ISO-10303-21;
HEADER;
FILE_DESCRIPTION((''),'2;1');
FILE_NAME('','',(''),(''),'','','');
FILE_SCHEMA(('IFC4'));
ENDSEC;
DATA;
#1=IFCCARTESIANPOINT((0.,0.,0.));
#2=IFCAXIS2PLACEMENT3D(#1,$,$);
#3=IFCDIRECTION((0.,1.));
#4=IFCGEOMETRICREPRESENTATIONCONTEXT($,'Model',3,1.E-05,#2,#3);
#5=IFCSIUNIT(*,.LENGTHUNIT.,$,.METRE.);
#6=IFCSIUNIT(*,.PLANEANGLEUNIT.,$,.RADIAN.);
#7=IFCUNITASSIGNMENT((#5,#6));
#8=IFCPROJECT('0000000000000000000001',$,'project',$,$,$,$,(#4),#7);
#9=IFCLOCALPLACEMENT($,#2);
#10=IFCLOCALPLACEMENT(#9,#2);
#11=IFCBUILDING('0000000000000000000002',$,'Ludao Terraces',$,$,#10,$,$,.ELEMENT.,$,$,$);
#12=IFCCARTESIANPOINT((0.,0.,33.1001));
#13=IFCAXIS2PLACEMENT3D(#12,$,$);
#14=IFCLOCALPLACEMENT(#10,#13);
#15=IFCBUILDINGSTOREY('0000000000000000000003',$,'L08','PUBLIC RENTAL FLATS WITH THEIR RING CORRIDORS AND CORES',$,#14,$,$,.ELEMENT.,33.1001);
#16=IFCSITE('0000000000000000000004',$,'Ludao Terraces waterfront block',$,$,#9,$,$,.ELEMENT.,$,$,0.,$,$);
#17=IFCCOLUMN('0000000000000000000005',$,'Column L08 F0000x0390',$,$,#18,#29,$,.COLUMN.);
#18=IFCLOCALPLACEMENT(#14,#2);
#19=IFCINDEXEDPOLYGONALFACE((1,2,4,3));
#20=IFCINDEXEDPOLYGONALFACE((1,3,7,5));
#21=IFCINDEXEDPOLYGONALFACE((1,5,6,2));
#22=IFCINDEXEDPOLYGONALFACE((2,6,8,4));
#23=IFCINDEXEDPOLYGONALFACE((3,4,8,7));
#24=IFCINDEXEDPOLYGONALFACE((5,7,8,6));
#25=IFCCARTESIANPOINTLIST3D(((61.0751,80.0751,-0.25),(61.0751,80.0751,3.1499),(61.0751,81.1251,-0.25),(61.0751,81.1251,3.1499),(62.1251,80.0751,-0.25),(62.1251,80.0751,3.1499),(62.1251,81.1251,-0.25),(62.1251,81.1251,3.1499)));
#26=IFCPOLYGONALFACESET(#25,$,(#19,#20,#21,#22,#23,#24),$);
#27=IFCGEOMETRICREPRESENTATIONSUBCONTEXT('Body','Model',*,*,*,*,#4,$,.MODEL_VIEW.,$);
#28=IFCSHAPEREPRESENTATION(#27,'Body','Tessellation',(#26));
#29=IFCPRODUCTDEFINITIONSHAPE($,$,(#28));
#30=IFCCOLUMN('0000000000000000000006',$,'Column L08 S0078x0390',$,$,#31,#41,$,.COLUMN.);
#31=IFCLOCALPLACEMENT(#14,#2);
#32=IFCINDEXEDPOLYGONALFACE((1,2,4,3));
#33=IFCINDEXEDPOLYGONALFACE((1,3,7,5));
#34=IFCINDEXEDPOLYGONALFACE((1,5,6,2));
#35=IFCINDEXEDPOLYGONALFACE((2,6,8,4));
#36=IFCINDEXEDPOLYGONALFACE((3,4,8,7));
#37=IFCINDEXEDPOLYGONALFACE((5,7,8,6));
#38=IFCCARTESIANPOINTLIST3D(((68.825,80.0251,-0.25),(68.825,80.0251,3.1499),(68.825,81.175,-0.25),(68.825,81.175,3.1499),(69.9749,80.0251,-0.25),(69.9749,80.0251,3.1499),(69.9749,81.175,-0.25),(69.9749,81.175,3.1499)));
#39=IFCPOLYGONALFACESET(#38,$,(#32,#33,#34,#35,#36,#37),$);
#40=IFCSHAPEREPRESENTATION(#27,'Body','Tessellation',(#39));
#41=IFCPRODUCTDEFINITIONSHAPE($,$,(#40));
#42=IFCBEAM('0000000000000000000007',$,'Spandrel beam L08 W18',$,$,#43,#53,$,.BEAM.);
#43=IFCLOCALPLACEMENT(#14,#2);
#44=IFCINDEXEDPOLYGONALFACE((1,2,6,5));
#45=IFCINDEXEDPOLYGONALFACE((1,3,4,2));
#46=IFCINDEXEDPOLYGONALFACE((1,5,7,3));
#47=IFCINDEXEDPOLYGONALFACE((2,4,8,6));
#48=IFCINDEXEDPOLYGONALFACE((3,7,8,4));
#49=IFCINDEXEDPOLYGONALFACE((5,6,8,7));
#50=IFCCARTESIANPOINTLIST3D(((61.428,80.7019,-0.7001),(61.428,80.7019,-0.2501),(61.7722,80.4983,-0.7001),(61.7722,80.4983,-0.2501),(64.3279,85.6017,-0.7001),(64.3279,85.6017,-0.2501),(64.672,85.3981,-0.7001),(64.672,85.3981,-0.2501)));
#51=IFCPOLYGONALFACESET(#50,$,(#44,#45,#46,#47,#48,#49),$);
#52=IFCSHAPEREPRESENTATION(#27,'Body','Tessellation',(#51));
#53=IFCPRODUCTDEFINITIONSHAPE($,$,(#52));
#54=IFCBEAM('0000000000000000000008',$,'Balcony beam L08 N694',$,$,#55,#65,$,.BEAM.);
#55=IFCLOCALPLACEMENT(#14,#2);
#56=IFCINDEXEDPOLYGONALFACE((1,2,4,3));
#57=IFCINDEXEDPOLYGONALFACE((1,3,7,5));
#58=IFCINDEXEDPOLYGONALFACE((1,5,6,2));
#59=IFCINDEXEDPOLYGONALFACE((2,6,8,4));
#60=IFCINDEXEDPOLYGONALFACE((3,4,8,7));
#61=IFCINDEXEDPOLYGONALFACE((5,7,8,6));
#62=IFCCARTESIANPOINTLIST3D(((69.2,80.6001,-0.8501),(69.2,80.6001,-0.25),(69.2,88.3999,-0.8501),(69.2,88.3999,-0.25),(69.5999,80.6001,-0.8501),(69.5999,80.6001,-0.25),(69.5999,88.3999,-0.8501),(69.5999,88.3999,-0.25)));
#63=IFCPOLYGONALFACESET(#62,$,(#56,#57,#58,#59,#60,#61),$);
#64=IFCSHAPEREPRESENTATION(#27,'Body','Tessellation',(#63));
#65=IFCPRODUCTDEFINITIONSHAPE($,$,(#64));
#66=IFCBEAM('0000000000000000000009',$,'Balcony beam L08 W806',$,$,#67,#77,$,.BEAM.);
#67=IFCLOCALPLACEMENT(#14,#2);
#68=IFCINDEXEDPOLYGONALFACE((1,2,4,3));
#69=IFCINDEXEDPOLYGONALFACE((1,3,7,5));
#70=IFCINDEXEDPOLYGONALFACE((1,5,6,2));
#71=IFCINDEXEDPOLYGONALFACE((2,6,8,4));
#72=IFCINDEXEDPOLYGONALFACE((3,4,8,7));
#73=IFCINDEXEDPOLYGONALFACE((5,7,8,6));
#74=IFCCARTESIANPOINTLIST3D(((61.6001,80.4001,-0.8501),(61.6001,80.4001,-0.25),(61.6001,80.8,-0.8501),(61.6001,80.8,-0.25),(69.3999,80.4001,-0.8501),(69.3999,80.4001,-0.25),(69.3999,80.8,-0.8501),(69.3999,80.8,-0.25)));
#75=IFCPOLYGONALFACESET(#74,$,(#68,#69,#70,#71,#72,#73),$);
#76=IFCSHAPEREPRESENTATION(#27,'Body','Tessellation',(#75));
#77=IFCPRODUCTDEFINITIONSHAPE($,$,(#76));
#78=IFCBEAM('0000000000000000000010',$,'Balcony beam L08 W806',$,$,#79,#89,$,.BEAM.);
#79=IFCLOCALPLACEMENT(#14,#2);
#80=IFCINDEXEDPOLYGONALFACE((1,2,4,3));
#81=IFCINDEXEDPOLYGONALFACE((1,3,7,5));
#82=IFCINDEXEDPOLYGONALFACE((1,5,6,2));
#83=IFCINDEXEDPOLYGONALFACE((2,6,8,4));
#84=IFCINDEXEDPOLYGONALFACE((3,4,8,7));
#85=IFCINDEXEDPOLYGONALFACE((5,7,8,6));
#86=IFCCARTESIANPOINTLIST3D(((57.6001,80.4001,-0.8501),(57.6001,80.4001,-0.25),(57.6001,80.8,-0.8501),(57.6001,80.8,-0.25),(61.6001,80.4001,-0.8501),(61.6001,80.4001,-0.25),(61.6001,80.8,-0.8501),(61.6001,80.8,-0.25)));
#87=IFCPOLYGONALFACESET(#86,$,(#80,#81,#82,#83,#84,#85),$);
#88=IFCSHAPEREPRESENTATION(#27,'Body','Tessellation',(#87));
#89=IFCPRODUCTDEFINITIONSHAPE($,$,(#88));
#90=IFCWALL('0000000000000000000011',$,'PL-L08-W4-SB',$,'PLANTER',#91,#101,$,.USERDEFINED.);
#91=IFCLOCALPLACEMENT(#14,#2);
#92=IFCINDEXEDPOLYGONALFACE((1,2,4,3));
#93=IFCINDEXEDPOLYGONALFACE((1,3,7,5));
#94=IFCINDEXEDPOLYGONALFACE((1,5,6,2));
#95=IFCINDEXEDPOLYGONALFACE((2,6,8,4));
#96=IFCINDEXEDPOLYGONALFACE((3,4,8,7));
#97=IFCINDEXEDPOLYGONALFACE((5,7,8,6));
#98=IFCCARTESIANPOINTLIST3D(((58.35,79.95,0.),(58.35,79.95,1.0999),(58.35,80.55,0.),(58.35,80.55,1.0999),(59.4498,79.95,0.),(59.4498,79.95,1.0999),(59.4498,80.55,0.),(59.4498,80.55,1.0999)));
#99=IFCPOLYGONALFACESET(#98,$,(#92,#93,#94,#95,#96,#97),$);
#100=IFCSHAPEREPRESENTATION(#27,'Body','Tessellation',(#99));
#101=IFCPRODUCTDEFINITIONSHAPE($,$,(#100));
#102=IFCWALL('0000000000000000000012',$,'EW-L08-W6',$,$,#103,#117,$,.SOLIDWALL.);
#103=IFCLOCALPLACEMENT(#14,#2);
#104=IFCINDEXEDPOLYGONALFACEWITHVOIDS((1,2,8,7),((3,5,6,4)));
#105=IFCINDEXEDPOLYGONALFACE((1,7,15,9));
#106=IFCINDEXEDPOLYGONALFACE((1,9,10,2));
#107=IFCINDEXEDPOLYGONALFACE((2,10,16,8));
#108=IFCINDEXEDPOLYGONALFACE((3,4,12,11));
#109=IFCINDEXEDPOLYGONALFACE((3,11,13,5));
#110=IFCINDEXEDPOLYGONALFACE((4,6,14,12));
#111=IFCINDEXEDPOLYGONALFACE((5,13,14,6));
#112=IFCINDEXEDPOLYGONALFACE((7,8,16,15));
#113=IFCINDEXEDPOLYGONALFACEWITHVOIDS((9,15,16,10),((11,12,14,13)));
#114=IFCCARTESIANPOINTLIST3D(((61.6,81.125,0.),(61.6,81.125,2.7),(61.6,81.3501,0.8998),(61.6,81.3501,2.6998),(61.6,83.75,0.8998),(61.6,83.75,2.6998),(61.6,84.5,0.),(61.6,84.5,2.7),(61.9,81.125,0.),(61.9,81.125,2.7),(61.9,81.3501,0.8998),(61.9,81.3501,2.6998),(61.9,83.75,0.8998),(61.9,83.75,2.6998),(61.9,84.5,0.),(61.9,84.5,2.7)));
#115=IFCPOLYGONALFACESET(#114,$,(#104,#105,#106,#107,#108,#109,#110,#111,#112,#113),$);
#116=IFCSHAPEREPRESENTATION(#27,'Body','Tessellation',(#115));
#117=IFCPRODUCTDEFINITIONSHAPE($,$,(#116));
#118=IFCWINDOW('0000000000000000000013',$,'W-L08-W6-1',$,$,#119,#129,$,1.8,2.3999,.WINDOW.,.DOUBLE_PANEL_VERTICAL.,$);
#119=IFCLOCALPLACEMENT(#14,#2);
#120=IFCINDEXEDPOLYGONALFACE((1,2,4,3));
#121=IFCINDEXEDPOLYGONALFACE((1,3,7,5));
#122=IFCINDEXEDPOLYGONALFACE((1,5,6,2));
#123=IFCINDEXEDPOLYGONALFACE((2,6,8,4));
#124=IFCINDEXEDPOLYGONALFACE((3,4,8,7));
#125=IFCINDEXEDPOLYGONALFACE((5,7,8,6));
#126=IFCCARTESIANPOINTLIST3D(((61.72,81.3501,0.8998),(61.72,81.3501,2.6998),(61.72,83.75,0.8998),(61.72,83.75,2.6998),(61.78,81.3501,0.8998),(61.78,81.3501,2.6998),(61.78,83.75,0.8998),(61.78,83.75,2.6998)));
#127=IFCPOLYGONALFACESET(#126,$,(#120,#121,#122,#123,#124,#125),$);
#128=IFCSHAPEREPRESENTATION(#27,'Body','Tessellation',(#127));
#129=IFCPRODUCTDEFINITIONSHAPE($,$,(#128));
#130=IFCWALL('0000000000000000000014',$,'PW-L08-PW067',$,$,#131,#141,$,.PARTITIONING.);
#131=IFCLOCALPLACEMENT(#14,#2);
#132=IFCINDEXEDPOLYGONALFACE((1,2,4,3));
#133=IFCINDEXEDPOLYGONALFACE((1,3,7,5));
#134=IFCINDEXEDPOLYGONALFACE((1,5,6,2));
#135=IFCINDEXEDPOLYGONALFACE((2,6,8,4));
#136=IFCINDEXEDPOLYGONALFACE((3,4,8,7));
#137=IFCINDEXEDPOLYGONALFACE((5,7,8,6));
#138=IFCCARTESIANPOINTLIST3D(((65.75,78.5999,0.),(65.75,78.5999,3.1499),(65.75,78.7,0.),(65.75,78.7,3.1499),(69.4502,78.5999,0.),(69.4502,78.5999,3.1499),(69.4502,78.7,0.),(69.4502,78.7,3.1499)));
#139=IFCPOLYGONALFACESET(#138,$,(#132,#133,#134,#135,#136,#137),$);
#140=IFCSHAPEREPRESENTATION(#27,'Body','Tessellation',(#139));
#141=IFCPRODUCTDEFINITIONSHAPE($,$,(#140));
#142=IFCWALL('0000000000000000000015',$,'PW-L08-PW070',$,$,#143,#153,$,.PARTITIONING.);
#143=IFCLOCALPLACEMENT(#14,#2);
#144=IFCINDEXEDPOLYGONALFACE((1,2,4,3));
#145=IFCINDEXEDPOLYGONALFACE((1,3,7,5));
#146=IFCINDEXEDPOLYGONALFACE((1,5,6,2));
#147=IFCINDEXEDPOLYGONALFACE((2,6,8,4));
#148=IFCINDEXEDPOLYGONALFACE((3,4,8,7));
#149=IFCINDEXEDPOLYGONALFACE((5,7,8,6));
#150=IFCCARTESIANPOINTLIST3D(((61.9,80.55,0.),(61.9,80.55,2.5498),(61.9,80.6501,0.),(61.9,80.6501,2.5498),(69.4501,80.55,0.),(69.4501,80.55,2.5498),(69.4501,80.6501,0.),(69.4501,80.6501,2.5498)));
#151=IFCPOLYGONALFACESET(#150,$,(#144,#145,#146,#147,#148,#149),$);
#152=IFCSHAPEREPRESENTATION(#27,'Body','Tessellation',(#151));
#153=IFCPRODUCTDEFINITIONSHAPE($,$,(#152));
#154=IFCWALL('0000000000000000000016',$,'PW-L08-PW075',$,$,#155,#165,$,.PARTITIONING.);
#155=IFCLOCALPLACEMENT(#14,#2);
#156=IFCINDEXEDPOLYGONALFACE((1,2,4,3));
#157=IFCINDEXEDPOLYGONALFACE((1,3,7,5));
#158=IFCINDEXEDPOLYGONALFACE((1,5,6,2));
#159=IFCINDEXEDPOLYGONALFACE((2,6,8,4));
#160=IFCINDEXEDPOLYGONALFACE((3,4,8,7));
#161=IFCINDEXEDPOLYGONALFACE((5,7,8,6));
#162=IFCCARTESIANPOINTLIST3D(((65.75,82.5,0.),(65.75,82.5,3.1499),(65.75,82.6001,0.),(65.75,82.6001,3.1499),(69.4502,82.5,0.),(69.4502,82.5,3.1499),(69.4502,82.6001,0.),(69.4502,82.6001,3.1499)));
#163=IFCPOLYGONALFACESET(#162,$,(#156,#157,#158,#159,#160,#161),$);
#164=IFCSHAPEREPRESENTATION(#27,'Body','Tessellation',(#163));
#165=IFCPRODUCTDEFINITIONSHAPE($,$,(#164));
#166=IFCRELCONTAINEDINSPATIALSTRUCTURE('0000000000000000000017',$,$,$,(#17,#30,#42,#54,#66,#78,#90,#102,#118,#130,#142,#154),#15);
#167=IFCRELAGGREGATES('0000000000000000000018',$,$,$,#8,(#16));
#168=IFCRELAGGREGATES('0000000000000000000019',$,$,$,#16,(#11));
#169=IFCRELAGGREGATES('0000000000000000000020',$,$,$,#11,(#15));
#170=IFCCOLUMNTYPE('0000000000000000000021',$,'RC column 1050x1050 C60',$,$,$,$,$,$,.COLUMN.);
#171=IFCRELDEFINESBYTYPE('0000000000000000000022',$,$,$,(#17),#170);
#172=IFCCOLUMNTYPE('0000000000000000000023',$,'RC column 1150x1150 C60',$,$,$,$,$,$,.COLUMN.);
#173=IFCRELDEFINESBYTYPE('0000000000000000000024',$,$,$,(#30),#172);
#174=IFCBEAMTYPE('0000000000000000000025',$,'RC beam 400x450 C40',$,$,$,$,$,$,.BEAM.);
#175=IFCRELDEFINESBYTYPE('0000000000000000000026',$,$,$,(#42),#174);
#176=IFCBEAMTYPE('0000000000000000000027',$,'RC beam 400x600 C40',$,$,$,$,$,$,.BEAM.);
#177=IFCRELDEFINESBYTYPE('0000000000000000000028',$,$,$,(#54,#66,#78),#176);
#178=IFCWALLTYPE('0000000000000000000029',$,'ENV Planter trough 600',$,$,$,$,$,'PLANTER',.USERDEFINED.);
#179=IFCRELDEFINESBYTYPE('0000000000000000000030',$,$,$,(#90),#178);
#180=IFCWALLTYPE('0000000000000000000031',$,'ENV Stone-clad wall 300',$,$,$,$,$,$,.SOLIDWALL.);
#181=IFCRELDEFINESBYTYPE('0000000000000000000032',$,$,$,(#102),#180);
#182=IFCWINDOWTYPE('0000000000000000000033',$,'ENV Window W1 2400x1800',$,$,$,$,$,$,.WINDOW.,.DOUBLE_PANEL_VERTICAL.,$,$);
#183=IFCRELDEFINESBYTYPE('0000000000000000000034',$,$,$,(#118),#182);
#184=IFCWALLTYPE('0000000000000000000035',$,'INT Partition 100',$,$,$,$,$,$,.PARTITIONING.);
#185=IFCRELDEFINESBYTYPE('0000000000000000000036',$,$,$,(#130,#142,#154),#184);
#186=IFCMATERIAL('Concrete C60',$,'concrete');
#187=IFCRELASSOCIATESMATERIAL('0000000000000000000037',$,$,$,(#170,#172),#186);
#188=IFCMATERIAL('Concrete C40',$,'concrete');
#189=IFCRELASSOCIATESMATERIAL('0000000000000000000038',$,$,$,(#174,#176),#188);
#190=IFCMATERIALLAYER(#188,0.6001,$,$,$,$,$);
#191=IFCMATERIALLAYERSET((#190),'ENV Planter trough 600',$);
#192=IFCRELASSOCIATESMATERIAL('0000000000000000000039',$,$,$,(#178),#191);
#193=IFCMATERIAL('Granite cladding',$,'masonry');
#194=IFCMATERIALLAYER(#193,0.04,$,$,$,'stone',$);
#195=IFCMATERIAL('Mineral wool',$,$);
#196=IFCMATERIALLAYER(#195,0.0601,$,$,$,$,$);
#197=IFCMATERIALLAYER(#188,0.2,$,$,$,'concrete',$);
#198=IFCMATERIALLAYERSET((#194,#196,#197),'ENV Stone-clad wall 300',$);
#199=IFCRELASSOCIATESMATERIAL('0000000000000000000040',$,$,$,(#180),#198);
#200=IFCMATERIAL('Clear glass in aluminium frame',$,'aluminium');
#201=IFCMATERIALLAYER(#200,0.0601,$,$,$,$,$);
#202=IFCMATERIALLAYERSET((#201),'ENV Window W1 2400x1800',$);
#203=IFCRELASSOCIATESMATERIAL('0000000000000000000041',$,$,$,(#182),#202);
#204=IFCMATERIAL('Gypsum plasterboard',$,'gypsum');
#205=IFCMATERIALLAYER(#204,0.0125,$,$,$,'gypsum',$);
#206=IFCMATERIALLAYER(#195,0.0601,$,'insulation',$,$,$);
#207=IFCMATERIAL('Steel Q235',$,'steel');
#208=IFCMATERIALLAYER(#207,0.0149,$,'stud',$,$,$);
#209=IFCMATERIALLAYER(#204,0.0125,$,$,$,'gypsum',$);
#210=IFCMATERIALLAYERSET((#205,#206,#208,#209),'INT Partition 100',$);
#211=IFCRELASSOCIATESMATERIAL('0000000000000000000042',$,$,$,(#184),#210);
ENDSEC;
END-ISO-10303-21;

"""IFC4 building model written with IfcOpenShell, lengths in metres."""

from ifc_helpers import new_model, si_unit, direction, frame, frame_2d, origin, origin_2d, place, context, subcontext, project, spatial, rectangle, extrude, material, layer, layer_set, material_profile, profile_set, type_object, element, fill, save


model = new_model("IFC4")

# Units and contexts
model_context = context("Model", 3, precision=1e-05, world=origin(), true_north=direction((0.0, 1.0)))
body_context = subcontext(model_context, "Body", "Model", "MODEL_VIEW")
ifc_project = project(units=[si_unit("LENGTHUNIT", "METRE"), si_unit("PLANEANGLEUNIT", "RADIAN")], contexts=[model_context])

# Site, building, storey
site_placement = place(None, origin())
site = spatial("IfcSite", under=ifc_project, at=site_placement, Name="Ludao Terraces waterfront block", CompositionType="ELEMENT", RefElevation=0.0)
building_placement = place(site_placement, origin())
building = spatial("IfcBuilding", under=site, at=building_placement, Name="Ludao Terraces", CompositionType="ELEMENT")
storey_placement = place(building_placement, frame((0.0, 0.0, 33.1001)))
storey = spatial("IfcBuildingStorey", under=building, at=storey_placement, Name="L08", Description="PUBLIC RENTAL FLATS WITH THEIR RING CORRIDORS AND CORES", CompositionType="ELEMENT", Elevation=33.1001)

# Columns
ifc_material_1 = material(Name="Concrete C60", Category="concrete")
ifc_material_profile_1 = material_profile(ifc_material_1, rectangle(XDim=1.05, YDim=1.05, at=origin_2d()), Name="1050 X 1050")
ifc_profile_set_1 = profile_set([ifc_material_profile_1], Name="Concrete C60")
column_type_1 = type_object("IfcColumnType", Name="RC column 1050x1050 C60", PredefinedType="COLUMN", material=ifc_profile_set_1)
column_1_placement = place(storey_placement, frame((61.6001, 80.6001, -0.25), z_axis=(0.0, 0.0, 1.0), x_axis=(1.0, 0.0, 0.0)))
element("IfcColumn", 1, at=column_1_placement, inside=storey, type_object=column_type_1, Name="Column L08 F0000x0390", PredefinedType="COLUMN", context=body_context, shape_type="SweptSolid", body=[
    extrude(rectangle(XDim=1.05, YDim=1.05, at=origin_2d()), origin(), (0.0, 0.0, 1.0), 3.3999),
])
ifc_material_profile_2 = material_profile(ifc_material_1, rectangle(XDim=1.1499, YDim=1.1499, at=origin_2d()), Name="1150 X 1150")
ifc_profile_set_2 = profile_set([ifc_material_profile_2], Name="Concrete C60")
column_type_2 = type_object("IfcColumnType", Name="RC column 1150x1150 C60", PredefinedType="COLUMN", material=ifc_profile_set_2)
column_2_placement = place(storey_placement, frame((69.3999, 80.6001, -0.25), z_axis=(0.0, 0.0, 1.0), x_axis=(1.0, 0.0, 0.0)))
element("IfcColumn", 2, at=column_2_placement, inside=storey, type_object=column_type_2, Name="Column L08 S0078x0390", PredefinedType="COLUMN", context=body_context, shape_type="SweptSolid", body=[
    extrude(rectangle(XDim=1.1499, YDim=1.1499, at=origin_2d()), origin(), (0.0, 0.0, 1.0), 3.3999),
])

# Beams
ifc_material_2 = material(Name="Concrete C40", Category="concrete")
ifc_material_profile_3 = material_profile(ifc_material_2, rectangle(XDim=0.3999, YDim=0.45, at=origin_2d()), Name="400 X 450")
ifc_profile_set_3 = profile_set([ifc_material_profile_3], Name="Concrete C40")
beam_type_1 = type_object("IfcBeamType", Name="RC beam 400x450 C40", PredefinedType="BEAM", material=ifc_profile_set_3)
beam_1_placement = place(storey_placement, frame((61.6001, 80.6001, -0.4751), z_axis=(0.509316, 0.86058, 0.0), x_axis=(-0.86058, 0.509316, 0.0)))
element("IfcBeam", 3, at=beam_1_placement, inside=storey, type_object=beam_type_1, Name="Spandrel beam L08 W18", PredefinedType="BEAM", context=body_context, shape_type="SweptSolid", body=[
    extrude(rectangle(XDim=0.3999, YDim=0.45, at=origin_2d()), origin(), (0.0, 0.0, 1.0), 5.6936),
])
ifc_material_profile_4 = material_profile(ifc_material_2, rectangle(XDim=0.3999, YDim=0.6001, at=origin_2d()), Name="400 X 600")
ifc_profile_set_4 = profile_set([ifc_material_profile_4], Name="Concrete C40")
beam_type_2 = type_object("IfcBeamType", Name="RC beam 400x600 C40", PredefinedType="BEAM", material=ifc_profile_set_4)
for number, where, z_axis, x_axis, name in (
    (4, (69.3999, 80.6001, -0.55), (0.0, 1.0, 0.0), (-1.0, 0.0, 0.0), "Balcony beam L08 N694"),
    (5, (69.3999, 80.6001, -0.55), (-1.0, 0.0, 0.0), (0.0, -1.0, 0.0), "Balcony beam L08 W806"),
):
    element("IfcBeam", number, at=place(storey_placement, frame(where, z_axis=z_axis, x_axis=x_axis)), inside=storey, type_object=beam_type_2, Name=name, PredefinedType="BEAM", context=body_context, shape_type="SweptSolid", body=[
        extrude(rectangle(XDim=0.3999, YDim=0.6001, at=origin_2d()), origin(), (0.0, 0.0, 1.0), 7.7998),
    ])
beam_2_placement = place(storey_placement, frame((61.6001, 80.6001, -0.55), z_axis=(-1.0, 0.0, 0.0), x_axis=(0.0, -1.0, 0.0)))
element("IfcBeam", 6, at=beam_2_placement, inside=storey, type_object=beam_type_2, Name="Balcony beam L08 W806", PredefinedType="BEAM", context=body_context, shape_type="SweptSolid", body=[
    extrude(rectangle(XDim=0.3999, YDim=0.6001, at=origin_2d()), origin(), (0.0, 0.0, 1.0), 4.0),
])

# Wall
ifc_layer_1 = layer(ifc_material_2, 0.6001)
ifc_layer_set_1 = layer_set([ifc_layer_1], Name="ENV Planter trough 600")
wall_type_1 = type_object("IfcWallType", Name="ENV Planter trough 600", ElementType="PLANTER", PredefinedType="USERDEFINED", material=ifc_layer_set_1)
wall_1_placement = place(storey_placement, frame((58.3501, 80.25, 0.0), z_axis=(0.0, 0.0, 1.0), x_axis=(1.0, 0.0, 0.0)))
element("IfcWall", 7, at=wall_1_placement, inside=storey, type_object=wall_type_1, Name="PL-L08-W4-SB", ObjectType="PLANTER", PredefinedType="USERDEFINED", context=body_context, shape_type="SweptSolid", body=[
    extrude(rectangle(XDim=1.0999, YDim=0.6001, at=frame_2d((0.5498, 0.0))), origin(), (0.0, 0.0, 1.0), 1.0999),
])

# Wall, opening, window
ifc_material_3 = material(Name="Granite cladding", Category="masonry")
ifc_layer_2 = layer(ifc_material_3, 0.04, Category="stone")
ifc_material_4 = material(Name="Mineral wool")
ifc_layer_3 = layer(ifc_material_4, 0.0601)
ifc_layer_4 = layer(ifc_material_2, 0.2, Category="concrete")
ifc_layer_set_2 = layer_set([ifc_layer_2, ifc_layer_3, ifc_layer_4], Name="ENV Stone-clad wall 300")
wall_type_2 = type_object("IfcWallType", Name="ENV Stone-clad wall 300", PredefinedType="SOLIDWALL", material=ifc_layer_set_2)
wall_2_placement = place(storey_placement, frame((61.75, 81.125, 0.0), z_axis=(0.0, 0.0, 1.0), x_axis=(0.0, 1.0, 0.0)))
wall_2 = element("IfcWall", 8, at=wall_2_placement, inside=storey, type_object=wall_type_2, Name="EW-L08-W6", PredefinedType="SOLIDWALL", context=body_context, shape_type="SweptSolid", body=[
    extrude(rectangle(XDim=3.375, YDim=0.3, at=frame_2d((1.6875, 0.0))), origin(), (0.0, 0.0, 1.0), 2.7),
])
opening_1_placement = place(wall_2_placement, frame((0.2251, 0.0, 0.8999)))
opening_1 = element("IfcOpeningElement", 9, at=opening_1_placement, cuts=wall_2, PredefinedType="OPENING", context=body_context, shape_type="SweptSolid", body=[
    extrude(rectangle(XDim=2.3999, YDim=1.8, at=frame_2d((1.2, 0.8999))), frame((0.0, 0.1602, 0.0), z_axis=(0.0, -1.0, 0.0), x_axis=(1.0, 0.0, 0.0)), (0.0, 0.0, 1.0), 0.3201),
])
ifc_material_5 = material(Name="Clear glass in aluminium frame", Category="aluminium")
ifc_layer_5 = layer(ifc_material_5, 0.0601)
ifc_layer_set_3 = layer_set([ifc_layer_5], Name="ENV Window W1 2400x1800")
window_type = type_object("IfcWindowType", Name="ENV Window W1 2400x1800", PartitioningType="DOUBLE_PANEL_VERTICAL", PredefinedType="WINDOW", material=ifc_layer_set_3)
window_placement = place(opening_1_placement, origin())
window = element("IfcWindow", 10, at=window_placement, inside=storey, type_object=window_type, Name="W-L08-W6-1", OverallHeight=1.8, OverallWidth=2.3999, PartitioningType="DOUBLE_PANEL_VERTICAL", PredefinedType="WINDOW", context=body_context, shape_type="SweptSolid", body=[
    extrude(rectangle(XDim=2.3999, YDim=1.8, at=frame_2d((1.2, 0.8999))), frame((0.0, 0.03, 0.0), z_axis=(0.0, -1.0, 0.0), x_axis=(1.0, 0.0, 0.0)), (0.0, 0.0, 1.0), 0.0601),
])
fill(opening_1, window)

# Walls
ifc_material_6 = material(Name="Gypsum plasterboard", Category="gypsum")
ifc_layer_6 = layer(ifc_material_6, 0.0125, Category="gypsum")
ifc_layer_7 = layer(ifc_material_4, 0.0601, Name="insulation")
ifc_material_7 = material(Name="Steel Q235", Category="steel")
ifc_layer_8 = layer(ifc_material_7, 0.0149, Name="stud")
ifc_layer_9 = layer(ifc_material_6, 0.0125, Category="gypsum")
ifc_layer_set_4 = layer_set([ifc_layer_6, ifc_layer_7, ifc_layer_8, ifc_layer_9], Name="INT Partition 100")
wall_type_3 = type_object("IfcWallType", Name="INT Partition 100", PredefinedType="PARTITIONING", material=ifc_layer_set_4)
wall_3_placement = place(storey_placement, frame((65.75, 78.6499, 0.0), z_axis=(0.0, 0.0, 1.0), x_axis=(1.0, 0.0, 0.0)))
element("IfcWall", 11, at=wall_3_placement, inside=storey, type_object=wall_type_3, Name="PW-L08-PW067", PredefinedType="PARTITIONING", context=body_context, shape_type="SweptSolid", body=[
    extrude(rectangle(XDim=3.7002, YDim=0.1001, at=frame_2d((1.8501, 0.0))), origin(), (0.0, 0.0, 1.0), 3.1499),
])
wall_4_placement = place(storey_placement, frame((61.9001, 80.6001, 0.0), z_axis=(0.0, 0.0, 1.0), x_axis=(1.0, 0.0, 0.0)))
element("IfcWall", 12, at=wall_4_placement, inside=storey, type_object=wall_type_3, Name="PW-L08-PW070", PredefinedType="PARTITIONING", context=body_context, shape_type="SweptSolid", body=[
    extrude(rectangle(XDim=7.55, YDim=0.1001, at=frame_2d((3.7749, 0.0))), origin(), (0.0, 0.0, 1.0), 2.5498),
])
wall_5_placement = place(storey_placement, frame((65.75, 82.55, 0.0), z_axis=(0.0, 0.0, 1.0), x_axis=(1.0, 0.0, 0.0)))
element("IfcWall", 13, at=wall_5_placement, inside=storey, type_object=wall_type_3, Name="PW-L08-PW075", PredefinedType="PARTITIONING", context=body_context, shape_type="SweptSolid", body=[
    extrude(rectangle(XDim=3.7002, YDim=0.1001, at=frame_2d((1.8501, 0.0))), origin(), (0.0, 0.0, 1.0), 3.1499),
])

save(model, "model.ifc")
